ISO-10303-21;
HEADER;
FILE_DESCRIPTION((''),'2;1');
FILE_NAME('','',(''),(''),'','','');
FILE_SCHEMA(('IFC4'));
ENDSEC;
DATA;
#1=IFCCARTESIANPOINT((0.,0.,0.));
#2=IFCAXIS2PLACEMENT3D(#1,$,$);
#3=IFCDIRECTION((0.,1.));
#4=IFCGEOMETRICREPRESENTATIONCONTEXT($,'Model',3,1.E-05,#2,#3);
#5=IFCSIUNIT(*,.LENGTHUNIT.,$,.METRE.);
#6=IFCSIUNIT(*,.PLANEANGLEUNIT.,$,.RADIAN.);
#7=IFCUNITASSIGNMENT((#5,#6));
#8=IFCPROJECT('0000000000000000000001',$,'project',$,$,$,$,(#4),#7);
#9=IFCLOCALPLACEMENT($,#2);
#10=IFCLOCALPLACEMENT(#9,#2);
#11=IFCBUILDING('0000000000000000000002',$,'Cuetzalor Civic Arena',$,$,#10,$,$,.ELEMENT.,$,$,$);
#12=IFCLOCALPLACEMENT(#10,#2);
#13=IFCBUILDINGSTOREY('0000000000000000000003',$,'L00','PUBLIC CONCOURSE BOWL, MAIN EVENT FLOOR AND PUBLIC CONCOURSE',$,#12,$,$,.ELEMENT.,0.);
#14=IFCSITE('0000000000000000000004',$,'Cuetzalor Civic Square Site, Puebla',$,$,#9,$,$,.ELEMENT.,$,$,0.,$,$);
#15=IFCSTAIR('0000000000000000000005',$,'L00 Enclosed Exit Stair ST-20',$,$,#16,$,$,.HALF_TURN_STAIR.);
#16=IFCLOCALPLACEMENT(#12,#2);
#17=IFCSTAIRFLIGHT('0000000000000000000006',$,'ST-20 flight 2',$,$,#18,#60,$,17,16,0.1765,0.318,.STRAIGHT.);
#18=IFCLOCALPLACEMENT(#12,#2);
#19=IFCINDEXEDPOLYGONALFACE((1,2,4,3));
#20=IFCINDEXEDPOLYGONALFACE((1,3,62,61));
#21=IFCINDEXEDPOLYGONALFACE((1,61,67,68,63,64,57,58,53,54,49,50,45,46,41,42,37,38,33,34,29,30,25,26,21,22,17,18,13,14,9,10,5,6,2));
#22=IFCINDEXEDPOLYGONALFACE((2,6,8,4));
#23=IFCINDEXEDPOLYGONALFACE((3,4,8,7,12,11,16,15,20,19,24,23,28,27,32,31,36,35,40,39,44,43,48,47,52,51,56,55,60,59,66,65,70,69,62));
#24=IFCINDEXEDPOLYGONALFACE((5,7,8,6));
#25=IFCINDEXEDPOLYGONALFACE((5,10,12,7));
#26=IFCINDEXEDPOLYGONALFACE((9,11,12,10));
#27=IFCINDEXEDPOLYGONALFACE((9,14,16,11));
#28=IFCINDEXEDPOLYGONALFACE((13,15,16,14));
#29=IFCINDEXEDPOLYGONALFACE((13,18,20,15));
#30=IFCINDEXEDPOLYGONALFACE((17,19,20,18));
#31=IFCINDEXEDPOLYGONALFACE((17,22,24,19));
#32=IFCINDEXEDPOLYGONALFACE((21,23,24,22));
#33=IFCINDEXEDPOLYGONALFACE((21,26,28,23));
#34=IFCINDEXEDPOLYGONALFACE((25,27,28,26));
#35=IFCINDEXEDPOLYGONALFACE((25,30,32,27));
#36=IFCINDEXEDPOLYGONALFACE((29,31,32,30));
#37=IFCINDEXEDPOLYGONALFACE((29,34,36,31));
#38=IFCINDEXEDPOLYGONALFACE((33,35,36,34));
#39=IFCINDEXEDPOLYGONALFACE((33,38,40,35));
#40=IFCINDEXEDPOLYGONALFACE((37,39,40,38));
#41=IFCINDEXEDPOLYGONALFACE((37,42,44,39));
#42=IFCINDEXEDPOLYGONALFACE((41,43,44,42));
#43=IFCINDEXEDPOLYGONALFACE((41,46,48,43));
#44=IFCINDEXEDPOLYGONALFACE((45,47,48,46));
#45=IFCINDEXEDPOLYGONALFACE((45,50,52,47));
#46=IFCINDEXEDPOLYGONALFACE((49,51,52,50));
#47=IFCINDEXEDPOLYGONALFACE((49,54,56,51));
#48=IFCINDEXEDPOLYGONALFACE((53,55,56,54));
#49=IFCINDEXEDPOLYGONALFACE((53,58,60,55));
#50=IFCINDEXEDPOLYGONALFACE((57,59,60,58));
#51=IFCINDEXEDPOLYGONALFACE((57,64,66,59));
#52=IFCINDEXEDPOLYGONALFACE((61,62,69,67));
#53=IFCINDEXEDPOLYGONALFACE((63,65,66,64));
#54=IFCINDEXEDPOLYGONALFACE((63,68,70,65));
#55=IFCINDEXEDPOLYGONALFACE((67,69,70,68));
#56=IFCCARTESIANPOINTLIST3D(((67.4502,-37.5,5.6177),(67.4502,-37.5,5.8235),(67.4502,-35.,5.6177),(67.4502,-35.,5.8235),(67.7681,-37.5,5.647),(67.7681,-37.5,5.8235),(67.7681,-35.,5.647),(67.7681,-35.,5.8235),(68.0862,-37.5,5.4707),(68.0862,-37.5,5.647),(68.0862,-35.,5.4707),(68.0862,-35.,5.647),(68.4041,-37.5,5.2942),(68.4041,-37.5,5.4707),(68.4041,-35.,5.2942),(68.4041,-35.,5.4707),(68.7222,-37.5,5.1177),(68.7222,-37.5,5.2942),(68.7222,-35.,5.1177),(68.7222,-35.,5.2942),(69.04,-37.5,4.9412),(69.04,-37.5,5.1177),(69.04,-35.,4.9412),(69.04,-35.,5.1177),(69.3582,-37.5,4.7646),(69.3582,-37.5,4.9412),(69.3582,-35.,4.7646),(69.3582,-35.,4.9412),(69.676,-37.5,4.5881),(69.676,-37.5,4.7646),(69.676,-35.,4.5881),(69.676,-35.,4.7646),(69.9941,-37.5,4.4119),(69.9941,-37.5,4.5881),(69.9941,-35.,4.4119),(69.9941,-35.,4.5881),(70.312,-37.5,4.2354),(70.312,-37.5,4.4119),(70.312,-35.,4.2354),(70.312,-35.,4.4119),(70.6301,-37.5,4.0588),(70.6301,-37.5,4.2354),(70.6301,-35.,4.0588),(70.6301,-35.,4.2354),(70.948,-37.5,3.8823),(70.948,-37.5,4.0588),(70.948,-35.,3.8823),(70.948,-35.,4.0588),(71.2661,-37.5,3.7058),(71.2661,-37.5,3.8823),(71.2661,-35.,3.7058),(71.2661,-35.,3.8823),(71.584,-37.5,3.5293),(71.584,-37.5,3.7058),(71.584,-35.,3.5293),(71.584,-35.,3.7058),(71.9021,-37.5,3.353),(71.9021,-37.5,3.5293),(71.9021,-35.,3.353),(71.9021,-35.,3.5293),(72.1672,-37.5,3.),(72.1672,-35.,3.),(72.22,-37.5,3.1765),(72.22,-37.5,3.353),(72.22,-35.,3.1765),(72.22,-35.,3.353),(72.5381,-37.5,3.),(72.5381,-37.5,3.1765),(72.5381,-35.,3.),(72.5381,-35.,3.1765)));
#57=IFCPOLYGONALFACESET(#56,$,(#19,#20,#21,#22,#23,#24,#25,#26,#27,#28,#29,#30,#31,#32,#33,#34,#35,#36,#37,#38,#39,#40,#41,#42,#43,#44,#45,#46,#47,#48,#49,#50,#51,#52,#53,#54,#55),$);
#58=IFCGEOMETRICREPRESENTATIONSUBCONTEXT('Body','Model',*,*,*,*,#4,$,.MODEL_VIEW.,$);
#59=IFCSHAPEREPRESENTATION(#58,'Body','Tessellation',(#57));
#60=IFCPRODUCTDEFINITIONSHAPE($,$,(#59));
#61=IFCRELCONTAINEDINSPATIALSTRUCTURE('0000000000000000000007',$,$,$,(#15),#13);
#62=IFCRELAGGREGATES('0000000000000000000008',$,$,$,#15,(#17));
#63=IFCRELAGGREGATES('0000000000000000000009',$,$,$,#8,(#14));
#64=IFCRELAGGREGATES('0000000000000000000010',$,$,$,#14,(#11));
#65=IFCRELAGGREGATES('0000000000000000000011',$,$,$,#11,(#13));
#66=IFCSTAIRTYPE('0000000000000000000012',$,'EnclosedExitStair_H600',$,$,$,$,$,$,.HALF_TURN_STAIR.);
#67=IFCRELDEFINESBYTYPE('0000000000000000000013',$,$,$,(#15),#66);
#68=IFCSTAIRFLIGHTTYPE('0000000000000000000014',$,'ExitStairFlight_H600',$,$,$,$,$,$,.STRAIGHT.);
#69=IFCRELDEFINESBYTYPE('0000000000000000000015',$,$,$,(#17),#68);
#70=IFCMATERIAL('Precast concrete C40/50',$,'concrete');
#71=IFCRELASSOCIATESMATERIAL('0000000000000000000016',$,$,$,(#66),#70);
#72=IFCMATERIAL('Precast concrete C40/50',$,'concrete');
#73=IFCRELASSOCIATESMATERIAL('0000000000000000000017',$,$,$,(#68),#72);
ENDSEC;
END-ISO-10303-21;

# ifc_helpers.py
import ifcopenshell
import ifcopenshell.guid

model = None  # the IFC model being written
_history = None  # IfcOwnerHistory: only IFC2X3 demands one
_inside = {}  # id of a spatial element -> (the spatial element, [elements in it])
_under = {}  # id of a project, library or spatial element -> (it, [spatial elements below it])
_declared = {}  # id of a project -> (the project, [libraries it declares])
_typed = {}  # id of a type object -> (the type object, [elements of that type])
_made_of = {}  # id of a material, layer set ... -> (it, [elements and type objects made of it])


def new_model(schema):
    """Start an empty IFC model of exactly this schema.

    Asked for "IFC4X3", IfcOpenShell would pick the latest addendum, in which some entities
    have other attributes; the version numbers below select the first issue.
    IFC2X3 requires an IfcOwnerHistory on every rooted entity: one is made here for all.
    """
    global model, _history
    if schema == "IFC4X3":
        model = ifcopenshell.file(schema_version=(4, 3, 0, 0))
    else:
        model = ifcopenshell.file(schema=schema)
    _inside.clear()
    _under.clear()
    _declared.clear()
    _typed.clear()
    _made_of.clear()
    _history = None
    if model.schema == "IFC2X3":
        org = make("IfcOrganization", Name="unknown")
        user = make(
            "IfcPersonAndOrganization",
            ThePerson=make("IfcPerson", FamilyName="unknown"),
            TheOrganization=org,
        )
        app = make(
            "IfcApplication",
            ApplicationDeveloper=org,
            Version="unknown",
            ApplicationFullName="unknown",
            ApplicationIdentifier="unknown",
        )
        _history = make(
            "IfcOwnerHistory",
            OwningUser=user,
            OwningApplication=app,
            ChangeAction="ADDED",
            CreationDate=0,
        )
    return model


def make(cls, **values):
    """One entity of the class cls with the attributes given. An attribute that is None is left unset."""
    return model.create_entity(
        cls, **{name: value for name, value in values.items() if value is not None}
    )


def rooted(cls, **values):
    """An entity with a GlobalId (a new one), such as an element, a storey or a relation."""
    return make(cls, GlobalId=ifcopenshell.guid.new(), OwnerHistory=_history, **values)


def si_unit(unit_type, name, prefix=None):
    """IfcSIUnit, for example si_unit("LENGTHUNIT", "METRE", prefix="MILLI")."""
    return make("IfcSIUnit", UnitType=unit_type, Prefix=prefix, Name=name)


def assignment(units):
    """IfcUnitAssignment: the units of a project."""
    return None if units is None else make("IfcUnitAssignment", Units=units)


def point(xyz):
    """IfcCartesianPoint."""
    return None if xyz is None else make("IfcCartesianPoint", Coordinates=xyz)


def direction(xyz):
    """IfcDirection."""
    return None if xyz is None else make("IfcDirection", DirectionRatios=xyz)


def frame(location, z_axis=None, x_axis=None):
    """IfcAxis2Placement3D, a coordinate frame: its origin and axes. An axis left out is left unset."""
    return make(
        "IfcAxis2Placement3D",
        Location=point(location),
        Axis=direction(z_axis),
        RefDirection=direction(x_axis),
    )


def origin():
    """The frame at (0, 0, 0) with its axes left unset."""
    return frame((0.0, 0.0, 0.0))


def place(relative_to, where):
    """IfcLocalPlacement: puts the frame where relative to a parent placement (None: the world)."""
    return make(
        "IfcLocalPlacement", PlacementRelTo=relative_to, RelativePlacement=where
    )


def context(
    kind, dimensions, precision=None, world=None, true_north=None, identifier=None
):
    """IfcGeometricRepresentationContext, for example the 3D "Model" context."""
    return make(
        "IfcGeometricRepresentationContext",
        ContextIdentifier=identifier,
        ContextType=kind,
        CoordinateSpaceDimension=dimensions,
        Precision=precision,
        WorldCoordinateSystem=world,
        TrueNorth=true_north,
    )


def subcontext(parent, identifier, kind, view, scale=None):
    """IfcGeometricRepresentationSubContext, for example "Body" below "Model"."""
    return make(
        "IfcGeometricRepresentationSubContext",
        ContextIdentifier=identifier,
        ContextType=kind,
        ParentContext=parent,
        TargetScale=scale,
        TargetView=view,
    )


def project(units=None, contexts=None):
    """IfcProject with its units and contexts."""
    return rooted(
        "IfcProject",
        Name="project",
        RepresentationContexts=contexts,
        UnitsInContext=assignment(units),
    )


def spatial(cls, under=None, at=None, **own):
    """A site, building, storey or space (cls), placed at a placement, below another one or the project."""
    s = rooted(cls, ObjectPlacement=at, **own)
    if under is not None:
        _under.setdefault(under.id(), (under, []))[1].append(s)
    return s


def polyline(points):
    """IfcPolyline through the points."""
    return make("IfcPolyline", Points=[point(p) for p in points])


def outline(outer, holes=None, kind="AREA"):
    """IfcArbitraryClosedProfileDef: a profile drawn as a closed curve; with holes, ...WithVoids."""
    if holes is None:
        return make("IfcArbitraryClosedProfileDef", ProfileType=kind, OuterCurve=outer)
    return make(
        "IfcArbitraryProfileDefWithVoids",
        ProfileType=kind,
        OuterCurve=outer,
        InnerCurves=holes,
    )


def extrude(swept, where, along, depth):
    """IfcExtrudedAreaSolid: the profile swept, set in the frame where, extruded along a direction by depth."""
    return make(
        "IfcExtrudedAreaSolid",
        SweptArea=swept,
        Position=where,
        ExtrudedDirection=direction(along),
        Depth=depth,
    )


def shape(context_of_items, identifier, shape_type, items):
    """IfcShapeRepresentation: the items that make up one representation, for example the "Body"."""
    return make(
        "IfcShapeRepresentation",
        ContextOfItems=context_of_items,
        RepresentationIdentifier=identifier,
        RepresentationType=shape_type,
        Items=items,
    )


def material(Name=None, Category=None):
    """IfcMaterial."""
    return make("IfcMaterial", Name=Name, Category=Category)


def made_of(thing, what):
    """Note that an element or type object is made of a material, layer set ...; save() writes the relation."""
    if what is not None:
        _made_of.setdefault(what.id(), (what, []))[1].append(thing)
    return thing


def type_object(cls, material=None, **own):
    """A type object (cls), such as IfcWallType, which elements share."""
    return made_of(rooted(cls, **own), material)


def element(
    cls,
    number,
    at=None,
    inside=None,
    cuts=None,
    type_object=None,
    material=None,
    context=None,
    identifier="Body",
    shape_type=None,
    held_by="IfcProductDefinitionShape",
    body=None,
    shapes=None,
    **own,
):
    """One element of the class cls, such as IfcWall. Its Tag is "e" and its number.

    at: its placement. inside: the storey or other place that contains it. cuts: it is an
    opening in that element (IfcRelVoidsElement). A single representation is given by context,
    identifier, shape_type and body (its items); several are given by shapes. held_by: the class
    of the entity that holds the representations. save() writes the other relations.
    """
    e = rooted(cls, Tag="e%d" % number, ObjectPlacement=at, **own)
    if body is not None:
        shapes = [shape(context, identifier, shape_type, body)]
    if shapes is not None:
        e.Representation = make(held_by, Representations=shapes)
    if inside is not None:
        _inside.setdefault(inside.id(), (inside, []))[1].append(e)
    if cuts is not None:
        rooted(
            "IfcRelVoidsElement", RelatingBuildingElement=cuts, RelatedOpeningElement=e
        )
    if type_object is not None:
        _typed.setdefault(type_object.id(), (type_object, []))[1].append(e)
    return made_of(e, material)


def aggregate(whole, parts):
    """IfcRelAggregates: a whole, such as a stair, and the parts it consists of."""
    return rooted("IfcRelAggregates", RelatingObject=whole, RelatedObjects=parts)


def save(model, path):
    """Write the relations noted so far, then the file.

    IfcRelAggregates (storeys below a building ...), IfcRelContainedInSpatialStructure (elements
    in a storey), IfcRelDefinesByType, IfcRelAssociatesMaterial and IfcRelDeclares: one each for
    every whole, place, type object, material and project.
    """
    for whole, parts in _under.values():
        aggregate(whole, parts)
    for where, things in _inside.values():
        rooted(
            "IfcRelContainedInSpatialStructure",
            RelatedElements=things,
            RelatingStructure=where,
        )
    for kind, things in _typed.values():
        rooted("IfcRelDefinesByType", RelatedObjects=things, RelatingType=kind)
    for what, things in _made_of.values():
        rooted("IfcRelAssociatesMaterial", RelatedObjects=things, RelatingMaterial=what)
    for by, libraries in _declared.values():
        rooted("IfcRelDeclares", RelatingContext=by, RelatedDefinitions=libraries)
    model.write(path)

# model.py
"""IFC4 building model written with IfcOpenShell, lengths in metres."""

from ifc_helpers import new_model, si_unit, direction, frame, origin, place, context, subcontext, project, spatial, polyline, outline, extrude, material, type_object, element, aggregate, save


model = new_model("IFC4")

# Units and contexts
model_context = context("Model", 3, precision=1e-05, world=origin(), true_north=direction((0.0, 1.0)))
body_context = subcontext(model_context, "Body", "Model", "MODEL_VIEW")
ifc_project = project(units=[si_unit("LENGTHUNIT", "METRE"), si_unit("PLANEANGLEUNIT", "RADIAN")], contexts=[model_context])

# Site, building, storey
site_placement = place(None, origin())
site = spatial("IfcSite", under=ifc_project, at=site_placement, Name="Cuetzalor Civic Square Site, Puebla", CompositionType="ELEMENT", RefElevation=0.0)
building_placement = place(site_placement, origin())
building = spatial("IfcBuilding", under=site, at=building_placement, Name="Cuetzalor Civic Arena", CompositionType="ELEMENT")
storey_placement = place(building_placement, origin())
storey = spatial("IfcBuildingStorey", under=building, at=storey_placement, Name="L00", Description="PUBLIC CONCOURSE BOWL, MAIN EVENT FLOOR AND PUBLIC CONCOURSE", CompositionType="ELEMENT", Elevation=0.0)

# Stair, stair flight
ifc_material_1 = material(Name="Precast concrete C40/50", Category="concrete")
stair_type = type_object("IfcStairType", Name="EnclosedExitStair_H600", PredefinedType="HALF_TURN_STAIR", material=ifc_material_1)
ifc_material_2 = material(Name="Precast concrete C40/50", Category="concrete")
stair_flight_type = type_object("IfcStairFlightType", Name="ExitStairFlight_H600", PredefinedType="STRAIGHT", material=ifc_material_2)
stair_1_placement = place(storey_placement, origin())
stair_1 = element("IfcStair", 1, at=stair_1_placement, inside=storey, type_object=stair_type, Name="L00 Enclosed Exit Stair ST-20", PredefinedType="HALF_TURN_STAIR")
stair_flight_1_placement = place(storey_placement, frame((72.5381, -36.25, 3.0), z_axis=(0.0, 0.0, 1.0), x_axis=(-1.0, 0.0, 0.0)))
stair_flight_1 = element("IfcStairFlight", 2, at=stair_flight_1_placement, type_object=stair_flight_type, Name="ST-20 flight 2", NumberOfRisers=17, NumberOfTreads=16, PredefinedType="STRAIGHT", RiserHeight=0.1765, TreadLength=0.318, context=body_context, shape_type="SweptSolid", body=[
    extrude(outline(polyline([(0.0, 0.0), (0.0, 0.1765), (0.3181, 0.1765), (0.3181, 0.353), (0.636, 0.353), (0.636, 0.5293), (0.9541, 0.5293), (0.9541, 0.7058), (1.272, 0.7058), (1.272, 0.8823), (1.5901, 0.8823), (1.5901, 1.0588), (1.908, 1.0588), (1.908, 1.2354), (2.2261, 1.2354), (2.2261, 1.4119), (2.5439, 1.4119), (2.5439, 1.5881), (2.8621, 1.5881), (2.8621, 1.7646), (3.1799, 1.7646), (3.1799, 1.9412), (3.498, 1.9412), (3.498, 2.1177), (3.8159, 2.1177), (3.8159, 2.2942), (4.134, 2.2942), (4.134, 2.4707), (4.4519, 2.4707), (4.4519, 2.647), (4.77, 2.647), (4.77, 2.8235), (5.0879, 2.8235), (5.0879, 3.0), (5.0879, 2.6177), (0.3708, 0.0), (0.0, 0.0)])), frame((0.0, 1.25, 0.0), z_axis=(0.0, -1.0, 0.0), x_axis=(1.0, 0.0, 0.0)), (0.0, 0.0, 1.0), 2.5),
])
aggregate(stair_1, [stair_flight_1])

save(model, "model.ifc")
